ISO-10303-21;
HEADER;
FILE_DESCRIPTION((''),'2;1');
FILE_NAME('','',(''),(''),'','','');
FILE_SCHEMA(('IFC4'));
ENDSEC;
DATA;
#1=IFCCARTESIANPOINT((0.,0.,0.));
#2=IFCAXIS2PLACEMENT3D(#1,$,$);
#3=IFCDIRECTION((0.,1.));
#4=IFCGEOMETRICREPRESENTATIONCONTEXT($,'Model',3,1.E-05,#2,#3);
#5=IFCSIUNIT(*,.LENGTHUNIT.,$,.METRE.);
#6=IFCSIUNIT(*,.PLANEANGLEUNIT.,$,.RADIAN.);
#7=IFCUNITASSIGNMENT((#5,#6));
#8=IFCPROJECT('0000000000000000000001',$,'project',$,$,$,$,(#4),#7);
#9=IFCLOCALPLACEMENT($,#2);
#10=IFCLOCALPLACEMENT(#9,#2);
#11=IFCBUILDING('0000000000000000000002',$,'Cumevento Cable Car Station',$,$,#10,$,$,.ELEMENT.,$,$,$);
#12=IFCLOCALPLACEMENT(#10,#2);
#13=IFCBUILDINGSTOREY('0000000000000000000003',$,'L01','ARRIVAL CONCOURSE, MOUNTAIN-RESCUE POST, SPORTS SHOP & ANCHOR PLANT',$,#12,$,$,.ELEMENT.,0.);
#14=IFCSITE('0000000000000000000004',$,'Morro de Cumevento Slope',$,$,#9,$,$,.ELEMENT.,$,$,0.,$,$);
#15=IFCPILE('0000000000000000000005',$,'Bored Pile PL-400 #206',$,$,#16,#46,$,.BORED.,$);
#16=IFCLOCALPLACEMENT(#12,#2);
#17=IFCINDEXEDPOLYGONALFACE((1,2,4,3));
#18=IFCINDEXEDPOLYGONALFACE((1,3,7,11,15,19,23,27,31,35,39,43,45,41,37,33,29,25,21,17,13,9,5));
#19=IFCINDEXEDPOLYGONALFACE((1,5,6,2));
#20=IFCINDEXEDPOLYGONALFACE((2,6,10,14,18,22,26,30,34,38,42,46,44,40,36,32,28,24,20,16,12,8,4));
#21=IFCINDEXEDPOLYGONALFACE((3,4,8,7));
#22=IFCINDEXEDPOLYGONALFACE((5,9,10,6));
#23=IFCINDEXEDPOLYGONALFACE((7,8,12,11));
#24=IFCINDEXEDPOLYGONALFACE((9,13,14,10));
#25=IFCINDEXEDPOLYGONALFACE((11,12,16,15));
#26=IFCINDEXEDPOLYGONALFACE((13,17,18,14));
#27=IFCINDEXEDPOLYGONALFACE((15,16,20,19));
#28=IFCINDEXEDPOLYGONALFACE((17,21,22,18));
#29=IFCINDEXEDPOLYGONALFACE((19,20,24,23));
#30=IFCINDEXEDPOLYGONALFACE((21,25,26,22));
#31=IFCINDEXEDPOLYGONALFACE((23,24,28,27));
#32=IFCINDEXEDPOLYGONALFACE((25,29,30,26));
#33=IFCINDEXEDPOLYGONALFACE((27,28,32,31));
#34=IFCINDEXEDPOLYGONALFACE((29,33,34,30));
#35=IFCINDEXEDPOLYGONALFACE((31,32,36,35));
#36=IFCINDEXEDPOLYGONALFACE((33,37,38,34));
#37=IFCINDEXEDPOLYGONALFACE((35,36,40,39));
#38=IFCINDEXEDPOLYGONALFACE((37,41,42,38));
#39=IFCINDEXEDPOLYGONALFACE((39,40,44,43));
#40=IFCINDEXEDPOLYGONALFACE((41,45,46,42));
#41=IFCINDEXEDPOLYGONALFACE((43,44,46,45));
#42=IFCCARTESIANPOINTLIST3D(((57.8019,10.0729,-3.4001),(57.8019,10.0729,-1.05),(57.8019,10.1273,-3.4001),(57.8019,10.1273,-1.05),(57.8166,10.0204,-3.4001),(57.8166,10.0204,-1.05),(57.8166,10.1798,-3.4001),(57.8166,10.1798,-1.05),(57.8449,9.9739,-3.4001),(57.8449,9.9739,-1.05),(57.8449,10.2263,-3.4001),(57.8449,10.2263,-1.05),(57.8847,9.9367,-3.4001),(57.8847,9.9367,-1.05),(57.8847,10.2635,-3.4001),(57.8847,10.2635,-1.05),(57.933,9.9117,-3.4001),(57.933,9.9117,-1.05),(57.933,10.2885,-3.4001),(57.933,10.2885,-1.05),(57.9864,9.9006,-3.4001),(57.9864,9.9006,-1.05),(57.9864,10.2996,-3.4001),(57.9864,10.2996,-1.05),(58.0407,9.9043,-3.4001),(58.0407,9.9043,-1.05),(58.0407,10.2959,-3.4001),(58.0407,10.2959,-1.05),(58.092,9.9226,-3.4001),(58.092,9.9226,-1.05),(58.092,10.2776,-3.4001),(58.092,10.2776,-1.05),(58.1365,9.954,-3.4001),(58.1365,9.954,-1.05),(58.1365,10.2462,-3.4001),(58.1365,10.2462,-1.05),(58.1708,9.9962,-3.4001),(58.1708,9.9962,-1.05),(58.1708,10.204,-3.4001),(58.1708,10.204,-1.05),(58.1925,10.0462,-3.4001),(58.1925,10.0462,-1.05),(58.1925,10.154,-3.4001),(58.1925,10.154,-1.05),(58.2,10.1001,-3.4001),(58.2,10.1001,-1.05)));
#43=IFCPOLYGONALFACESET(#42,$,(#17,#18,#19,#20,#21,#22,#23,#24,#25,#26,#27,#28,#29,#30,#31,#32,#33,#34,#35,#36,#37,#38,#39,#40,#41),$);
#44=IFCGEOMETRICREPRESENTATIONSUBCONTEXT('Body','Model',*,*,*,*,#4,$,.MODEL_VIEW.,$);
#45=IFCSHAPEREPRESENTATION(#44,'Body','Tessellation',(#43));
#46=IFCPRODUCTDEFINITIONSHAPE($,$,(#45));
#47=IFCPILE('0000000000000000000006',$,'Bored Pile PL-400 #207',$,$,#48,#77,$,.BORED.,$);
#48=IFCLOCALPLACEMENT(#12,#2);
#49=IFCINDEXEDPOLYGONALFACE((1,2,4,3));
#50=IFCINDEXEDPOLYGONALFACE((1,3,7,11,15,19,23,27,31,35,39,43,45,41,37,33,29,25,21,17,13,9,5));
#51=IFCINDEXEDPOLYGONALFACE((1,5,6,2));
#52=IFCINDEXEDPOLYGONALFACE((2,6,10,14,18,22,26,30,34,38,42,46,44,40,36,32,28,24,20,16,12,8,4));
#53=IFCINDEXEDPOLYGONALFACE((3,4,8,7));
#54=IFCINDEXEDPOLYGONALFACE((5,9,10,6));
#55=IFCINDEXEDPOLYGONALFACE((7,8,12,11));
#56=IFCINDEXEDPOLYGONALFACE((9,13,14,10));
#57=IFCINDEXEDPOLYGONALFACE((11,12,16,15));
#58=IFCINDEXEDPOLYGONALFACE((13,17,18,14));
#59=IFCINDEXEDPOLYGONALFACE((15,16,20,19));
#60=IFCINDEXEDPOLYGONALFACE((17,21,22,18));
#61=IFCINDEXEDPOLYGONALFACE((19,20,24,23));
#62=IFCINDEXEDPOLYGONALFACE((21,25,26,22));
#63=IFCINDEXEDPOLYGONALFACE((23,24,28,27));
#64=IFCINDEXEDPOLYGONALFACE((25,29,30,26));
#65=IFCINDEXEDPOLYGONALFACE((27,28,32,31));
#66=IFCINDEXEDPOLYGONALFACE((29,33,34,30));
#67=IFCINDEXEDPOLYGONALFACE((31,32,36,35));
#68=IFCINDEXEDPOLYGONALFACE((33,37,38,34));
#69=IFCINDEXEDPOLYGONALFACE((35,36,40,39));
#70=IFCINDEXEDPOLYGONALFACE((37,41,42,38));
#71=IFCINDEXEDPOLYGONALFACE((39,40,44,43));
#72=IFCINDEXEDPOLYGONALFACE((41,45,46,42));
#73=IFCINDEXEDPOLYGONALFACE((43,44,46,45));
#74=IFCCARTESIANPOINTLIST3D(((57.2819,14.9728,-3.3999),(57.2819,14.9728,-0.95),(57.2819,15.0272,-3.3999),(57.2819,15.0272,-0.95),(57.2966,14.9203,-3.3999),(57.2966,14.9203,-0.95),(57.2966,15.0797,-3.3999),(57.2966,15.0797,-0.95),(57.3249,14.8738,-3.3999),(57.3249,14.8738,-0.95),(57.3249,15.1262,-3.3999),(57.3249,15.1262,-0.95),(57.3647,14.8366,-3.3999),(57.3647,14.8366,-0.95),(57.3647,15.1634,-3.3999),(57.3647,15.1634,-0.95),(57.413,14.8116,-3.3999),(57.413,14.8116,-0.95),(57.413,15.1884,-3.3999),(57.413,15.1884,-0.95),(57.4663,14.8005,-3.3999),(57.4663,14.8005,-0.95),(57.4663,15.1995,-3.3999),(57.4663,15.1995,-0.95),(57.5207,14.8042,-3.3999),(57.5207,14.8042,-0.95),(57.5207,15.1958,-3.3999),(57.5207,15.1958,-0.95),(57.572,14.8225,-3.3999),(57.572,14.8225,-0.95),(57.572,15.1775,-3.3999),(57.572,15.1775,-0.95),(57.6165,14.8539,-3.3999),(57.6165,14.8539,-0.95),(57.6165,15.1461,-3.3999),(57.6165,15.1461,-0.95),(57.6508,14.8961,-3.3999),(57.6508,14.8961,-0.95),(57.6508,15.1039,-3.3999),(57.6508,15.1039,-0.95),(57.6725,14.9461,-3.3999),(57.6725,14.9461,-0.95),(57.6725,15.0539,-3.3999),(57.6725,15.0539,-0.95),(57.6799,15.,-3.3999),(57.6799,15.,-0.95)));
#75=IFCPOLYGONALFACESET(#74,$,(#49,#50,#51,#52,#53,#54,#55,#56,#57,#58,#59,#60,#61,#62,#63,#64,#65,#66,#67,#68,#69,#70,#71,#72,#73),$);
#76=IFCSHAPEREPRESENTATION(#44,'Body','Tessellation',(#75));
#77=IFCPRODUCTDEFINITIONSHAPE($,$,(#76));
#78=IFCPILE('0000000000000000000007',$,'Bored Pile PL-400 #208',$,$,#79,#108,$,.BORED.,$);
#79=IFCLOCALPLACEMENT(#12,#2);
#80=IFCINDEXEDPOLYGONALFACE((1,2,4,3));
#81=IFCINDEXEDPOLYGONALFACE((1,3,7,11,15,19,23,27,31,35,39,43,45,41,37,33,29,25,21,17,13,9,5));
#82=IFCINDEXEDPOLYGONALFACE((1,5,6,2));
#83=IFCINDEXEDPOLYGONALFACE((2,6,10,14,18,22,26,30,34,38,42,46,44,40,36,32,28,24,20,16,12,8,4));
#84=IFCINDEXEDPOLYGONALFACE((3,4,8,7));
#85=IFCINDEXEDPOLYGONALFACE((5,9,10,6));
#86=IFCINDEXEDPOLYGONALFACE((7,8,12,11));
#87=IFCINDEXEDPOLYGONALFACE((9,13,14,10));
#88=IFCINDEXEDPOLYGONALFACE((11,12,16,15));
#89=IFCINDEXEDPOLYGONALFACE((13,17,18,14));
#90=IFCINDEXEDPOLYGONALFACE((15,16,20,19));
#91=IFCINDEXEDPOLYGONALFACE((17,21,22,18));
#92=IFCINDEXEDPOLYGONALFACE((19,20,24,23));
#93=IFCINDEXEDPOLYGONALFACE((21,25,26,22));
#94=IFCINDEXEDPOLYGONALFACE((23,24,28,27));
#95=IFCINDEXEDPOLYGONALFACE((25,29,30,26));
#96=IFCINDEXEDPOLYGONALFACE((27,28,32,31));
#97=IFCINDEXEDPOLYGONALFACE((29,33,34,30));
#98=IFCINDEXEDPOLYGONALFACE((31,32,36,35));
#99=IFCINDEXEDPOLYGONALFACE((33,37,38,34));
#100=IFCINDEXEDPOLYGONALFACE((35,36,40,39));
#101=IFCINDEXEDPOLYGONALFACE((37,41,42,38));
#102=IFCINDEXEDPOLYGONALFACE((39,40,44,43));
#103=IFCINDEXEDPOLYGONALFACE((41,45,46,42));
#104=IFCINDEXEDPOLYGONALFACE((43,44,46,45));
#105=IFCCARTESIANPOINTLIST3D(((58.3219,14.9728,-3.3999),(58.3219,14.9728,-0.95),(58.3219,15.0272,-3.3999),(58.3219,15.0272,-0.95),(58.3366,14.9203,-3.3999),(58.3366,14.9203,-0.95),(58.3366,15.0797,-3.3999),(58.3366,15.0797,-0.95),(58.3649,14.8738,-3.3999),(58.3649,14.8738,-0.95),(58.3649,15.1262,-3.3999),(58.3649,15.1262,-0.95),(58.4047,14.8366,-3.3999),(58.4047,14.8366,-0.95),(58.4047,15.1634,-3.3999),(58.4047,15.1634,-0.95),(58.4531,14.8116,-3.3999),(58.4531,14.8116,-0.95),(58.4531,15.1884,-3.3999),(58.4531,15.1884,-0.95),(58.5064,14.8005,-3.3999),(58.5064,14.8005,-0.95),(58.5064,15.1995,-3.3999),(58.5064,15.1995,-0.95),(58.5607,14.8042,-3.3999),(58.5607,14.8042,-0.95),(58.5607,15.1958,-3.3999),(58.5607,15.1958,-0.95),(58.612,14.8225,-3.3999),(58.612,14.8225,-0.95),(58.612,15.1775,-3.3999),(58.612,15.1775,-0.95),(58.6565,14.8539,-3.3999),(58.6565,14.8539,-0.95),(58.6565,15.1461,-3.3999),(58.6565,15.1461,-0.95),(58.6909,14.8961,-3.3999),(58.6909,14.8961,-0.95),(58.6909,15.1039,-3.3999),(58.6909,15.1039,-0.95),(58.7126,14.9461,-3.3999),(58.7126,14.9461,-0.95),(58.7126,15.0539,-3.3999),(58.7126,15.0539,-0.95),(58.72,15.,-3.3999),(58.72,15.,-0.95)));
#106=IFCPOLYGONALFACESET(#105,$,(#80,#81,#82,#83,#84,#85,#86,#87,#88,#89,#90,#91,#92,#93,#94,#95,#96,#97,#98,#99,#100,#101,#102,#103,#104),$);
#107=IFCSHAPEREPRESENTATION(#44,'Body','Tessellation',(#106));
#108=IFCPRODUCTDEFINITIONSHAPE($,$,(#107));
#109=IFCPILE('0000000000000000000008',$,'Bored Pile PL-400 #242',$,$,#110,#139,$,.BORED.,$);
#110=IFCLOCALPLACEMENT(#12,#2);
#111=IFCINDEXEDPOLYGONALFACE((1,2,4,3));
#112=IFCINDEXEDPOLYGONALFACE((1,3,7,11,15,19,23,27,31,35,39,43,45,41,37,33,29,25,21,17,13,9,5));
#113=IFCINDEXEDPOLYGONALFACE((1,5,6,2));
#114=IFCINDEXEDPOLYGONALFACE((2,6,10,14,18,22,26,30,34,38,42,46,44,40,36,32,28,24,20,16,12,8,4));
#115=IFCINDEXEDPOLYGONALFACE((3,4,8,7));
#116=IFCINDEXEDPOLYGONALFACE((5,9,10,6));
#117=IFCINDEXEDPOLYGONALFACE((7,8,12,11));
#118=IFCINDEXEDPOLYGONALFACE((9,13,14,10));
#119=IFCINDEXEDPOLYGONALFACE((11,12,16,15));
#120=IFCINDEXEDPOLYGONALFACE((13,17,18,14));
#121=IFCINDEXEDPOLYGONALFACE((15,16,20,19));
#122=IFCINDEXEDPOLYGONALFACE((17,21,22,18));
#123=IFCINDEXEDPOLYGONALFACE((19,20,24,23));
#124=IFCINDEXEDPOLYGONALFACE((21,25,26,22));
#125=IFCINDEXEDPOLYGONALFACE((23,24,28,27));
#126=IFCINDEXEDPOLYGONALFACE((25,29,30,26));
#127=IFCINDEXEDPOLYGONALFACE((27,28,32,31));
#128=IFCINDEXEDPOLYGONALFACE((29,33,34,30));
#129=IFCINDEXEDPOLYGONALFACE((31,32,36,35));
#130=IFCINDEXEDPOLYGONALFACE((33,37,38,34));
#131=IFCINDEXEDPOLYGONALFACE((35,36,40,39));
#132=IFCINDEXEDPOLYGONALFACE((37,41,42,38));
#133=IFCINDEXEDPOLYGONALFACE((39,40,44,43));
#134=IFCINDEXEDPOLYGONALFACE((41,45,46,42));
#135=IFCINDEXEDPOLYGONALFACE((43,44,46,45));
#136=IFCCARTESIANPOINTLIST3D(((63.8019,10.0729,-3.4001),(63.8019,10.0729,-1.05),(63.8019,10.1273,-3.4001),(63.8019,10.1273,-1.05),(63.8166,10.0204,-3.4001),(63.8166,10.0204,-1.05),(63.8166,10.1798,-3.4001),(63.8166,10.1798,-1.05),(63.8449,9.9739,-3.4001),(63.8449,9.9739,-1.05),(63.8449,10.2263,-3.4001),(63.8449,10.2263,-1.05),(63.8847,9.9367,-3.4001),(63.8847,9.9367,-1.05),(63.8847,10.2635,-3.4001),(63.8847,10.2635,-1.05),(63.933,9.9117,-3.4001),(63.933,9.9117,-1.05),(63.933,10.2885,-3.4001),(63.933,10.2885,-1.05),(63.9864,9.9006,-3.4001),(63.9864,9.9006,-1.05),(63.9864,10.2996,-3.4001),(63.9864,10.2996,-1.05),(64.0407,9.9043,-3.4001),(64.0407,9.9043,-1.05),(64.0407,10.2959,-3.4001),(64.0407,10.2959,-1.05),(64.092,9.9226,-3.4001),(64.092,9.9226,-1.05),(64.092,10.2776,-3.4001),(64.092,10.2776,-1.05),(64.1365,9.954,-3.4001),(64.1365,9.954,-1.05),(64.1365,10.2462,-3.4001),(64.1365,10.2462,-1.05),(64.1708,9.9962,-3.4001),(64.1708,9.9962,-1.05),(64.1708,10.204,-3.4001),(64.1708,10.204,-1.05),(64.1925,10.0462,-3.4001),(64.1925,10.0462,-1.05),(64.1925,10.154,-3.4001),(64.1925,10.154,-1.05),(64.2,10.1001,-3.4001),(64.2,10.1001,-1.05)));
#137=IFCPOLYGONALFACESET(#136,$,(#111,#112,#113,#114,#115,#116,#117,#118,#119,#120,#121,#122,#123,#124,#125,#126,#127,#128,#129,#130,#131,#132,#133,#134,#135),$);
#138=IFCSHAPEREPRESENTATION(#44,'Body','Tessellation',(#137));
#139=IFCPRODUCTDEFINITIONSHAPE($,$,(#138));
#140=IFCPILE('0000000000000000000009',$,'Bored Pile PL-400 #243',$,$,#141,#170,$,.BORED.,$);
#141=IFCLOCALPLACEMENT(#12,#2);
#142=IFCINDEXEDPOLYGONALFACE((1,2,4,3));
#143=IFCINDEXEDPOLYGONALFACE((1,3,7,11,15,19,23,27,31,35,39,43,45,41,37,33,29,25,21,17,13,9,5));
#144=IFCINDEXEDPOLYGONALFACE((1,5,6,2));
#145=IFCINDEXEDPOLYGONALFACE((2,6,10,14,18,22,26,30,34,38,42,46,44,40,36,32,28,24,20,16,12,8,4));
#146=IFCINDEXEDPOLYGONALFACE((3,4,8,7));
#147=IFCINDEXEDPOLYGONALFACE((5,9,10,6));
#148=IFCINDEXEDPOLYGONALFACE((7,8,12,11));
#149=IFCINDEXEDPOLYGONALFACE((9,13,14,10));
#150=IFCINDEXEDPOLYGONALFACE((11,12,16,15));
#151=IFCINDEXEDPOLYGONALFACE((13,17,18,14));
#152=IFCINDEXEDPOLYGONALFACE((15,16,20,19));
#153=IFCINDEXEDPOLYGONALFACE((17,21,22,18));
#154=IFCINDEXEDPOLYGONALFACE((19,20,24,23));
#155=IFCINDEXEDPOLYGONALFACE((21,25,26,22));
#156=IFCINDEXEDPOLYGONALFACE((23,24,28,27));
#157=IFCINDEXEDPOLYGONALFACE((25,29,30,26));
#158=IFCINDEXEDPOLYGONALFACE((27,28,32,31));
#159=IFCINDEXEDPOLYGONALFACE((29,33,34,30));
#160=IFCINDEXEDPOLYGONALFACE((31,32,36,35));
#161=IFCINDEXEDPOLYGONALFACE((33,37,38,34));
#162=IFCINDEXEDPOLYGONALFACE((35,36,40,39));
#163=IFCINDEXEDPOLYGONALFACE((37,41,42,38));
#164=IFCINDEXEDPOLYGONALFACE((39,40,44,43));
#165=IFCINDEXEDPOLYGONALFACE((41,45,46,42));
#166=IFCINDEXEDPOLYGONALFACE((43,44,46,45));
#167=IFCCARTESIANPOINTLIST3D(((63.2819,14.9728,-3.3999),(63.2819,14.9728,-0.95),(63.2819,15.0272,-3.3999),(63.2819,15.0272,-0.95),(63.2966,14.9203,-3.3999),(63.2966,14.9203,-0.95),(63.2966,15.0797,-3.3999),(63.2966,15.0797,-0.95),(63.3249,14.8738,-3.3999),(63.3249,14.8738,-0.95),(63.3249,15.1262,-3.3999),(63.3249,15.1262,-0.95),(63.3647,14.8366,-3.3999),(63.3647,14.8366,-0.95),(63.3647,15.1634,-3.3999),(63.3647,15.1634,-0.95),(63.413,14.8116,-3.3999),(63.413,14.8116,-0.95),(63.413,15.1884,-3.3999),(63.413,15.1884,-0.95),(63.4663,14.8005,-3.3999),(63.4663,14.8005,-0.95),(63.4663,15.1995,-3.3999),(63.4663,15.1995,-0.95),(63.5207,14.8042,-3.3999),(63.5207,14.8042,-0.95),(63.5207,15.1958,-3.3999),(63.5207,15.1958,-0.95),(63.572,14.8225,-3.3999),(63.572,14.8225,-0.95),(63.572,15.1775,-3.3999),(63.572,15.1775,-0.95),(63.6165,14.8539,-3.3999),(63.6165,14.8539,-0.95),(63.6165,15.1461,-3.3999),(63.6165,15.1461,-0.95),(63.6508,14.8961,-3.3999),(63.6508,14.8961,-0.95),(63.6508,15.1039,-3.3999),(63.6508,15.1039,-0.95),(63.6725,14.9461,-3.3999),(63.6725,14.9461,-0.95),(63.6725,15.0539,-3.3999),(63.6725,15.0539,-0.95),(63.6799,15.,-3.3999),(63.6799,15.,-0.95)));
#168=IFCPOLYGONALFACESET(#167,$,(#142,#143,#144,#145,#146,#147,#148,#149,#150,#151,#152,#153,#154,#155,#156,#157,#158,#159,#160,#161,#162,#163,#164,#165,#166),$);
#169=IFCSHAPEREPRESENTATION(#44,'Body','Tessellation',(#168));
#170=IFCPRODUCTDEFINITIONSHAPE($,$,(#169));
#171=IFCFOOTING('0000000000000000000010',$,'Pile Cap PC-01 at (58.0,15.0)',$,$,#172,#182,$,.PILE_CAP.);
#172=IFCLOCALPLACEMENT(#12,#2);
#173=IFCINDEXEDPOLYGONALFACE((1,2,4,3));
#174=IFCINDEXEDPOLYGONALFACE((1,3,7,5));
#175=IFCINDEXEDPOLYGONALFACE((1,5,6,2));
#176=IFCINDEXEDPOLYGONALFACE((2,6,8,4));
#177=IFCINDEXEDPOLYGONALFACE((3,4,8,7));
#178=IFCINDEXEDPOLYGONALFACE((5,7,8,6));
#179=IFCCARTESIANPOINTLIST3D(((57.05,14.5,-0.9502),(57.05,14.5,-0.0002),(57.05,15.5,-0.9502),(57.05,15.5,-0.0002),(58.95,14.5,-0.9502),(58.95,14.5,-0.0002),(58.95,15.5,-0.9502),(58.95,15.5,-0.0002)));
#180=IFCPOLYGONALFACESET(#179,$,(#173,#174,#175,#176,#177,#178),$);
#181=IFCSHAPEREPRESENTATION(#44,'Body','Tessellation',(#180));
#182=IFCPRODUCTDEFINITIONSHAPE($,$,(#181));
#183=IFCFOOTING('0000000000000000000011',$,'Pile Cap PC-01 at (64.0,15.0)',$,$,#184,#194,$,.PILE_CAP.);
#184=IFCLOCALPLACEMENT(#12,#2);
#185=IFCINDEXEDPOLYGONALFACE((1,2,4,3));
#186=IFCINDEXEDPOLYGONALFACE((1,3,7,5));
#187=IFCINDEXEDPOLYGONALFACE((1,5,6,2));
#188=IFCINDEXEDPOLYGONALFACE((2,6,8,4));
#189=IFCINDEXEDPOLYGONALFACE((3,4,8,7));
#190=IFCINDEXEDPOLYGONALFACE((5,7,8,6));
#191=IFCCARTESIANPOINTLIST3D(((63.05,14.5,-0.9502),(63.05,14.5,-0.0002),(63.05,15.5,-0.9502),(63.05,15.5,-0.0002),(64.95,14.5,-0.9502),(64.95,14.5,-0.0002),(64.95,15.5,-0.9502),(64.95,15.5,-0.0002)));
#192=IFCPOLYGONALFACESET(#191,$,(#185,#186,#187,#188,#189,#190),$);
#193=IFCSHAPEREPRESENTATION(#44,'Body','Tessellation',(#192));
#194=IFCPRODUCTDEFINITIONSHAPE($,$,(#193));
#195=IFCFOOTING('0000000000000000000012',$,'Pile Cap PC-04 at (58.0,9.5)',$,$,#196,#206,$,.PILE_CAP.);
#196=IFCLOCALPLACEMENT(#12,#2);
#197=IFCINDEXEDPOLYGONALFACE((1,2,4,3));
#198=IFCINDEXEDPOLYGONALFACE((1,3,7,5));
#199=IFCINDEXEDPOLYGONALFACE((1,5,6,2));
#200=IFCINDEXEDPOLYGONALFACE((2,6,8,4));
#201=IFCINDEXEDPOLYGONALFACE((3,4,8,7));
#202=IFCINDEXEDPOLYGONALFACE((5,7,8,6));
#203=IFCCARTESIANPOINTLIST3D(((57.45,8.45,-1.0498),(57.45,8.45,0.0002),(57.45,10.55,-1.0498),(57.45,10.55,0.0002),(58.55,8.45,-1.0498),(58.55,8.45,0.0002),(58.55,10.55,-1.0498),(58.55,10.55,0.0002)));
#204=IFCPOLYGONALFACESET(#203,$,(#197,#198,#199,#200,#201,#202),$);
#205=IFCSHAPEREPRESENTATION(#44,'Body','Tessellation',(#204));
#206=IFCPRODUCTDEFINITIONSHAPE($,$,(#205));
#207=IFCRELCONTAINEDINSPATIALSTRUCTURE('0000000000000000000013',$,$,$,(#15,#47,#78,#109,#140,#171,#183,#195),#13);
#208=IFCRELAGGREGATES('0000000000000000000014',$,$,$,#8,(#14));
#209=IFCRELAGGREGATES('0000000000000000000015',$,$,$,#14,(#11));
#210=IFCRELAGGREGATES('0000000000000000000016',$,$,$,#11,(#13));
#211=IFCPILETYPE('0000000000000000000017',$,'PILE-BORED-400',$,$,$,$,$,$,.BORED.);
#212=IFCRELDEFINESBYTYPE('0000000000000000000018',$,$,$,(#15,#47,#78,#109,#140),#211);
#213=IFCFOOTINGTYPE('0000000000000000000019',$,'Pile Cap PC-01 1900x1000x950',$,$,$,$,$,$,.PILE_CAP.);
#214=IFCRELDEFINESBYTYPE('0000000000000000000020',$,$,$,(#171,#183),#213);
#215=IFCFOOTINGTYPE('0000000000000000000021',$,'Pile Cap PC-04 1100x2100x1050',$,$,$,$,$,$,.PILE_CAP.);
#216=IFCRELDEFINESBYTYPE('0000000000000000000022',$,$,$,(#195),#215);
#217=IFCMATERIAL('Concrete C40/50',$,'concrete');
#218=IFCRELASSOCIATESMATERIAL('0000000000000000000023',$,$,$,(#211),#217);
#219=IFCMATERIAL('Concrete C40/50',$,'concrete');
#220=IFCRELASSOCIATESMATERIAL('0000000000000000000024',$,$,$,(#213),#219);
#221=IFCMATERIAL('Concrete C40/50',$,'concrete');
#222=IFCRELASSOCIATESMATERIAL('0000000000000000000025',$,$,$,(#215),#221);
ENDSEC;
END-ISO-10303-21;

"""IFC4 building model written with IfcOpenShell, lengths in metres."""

from ifc_helpers import new_model, si_unit, direction, frame, origin, origin_2d, place, context, subcontext, project, spatial, rectangle, circle, extrude, material, material_profile, profile_set, type_object, element, save


model = new_model("IFC4")

# Units and contexts
model_context = context("Model", 3, precision=1e-05, world=origin(), true_north=direction((0.0, 1.0)))
body_context = subcontext(model_context, "Body", "Model", "MODEL_VIEW")
ifc_project = project(units=[si_unit("LENGTHUNIT", "METRE"), si_unit("PLANEANGLEUNIT", "RADIAN")], contexts=[model_context])

# Site, building, storey
site_placement = place(None, origin())
site = spatial("IfcSite", under=ifc_project, at=site_placement, Name="Morro de Cumevento Slope", CompositionType="ELEMENT", RefElevation=0.0)
building_placement = place(site_placement, origin())
building = spatial("IfcBuilding", under=site, at=building_placement, Name="Cumevento Cable Car Station", CompositionType="ELEMENT")
storey_placement = place(building_placement, origin())
storey = spatial("IfcBuildingStorey", under=building, at=storey_placement, Name="L01", Description="ARRIVAL CONCOURSE, MOUNTAIN-RESCUE POST, SPORTS SHOP & ANCHOR PLANT", CompositionType="ELEMENT", Elevation=0.0)

# Piles
ifc_material_1 = material(Name="Concrete C40/50", Category="concrete")
ifc_material_profile_1 = material_profile(ifc_material_1, circle(Radius=0.2, at=origin_2d()), Name="PILE-D400")
ifc_profile_set_1 = profile_set([ifc_material_profile_1], Name="Concrete C40/50")
pile_type = type_object("IfcPileType", Name="PILE-BORED-400", PredefinedType="BORED", material=ifc_profile_set_1)
pile_1_placement = place(storey_placement, frame((58.0, 10.1001, -1.05), z_axis=(0.0, 0.0, -1.0), x_axis=(1.0, 0.0, 0.0)))
element("IfcPile", 1, at=pile_1_placement, inside=storey, type_object=pile_type, Name="Bored Pile PL-400 #206", PredefinedType="BORED", context=body_context, shape_type="SweptSolid", body=[
    extrude(circle(Radius=0.2, at=origin_2d()), origin(), (0.0, 0.0, 1.0), 2.3501),
])
for number, where, z_axis, x_axis, name in (
    (2, (57.48, 15.0, -0.95), (0.0, 0.0, -1.0), (1.0, 0.0, 0.0), "Bored Pile PL-400 #207"),
    (3, (58.52, 15.0, -0.95), (0.0, 0.0, -1.0), (1.0, 0.0, 0.0), "Bored Pile PL-400 #208"),
):
    element("IfcPile", number, at=place(storey_placement, frame(where, z_axis=z_axis, x_axis=x_axis)), inside=storey, type_object=pile_type, Name=name, PredefinedType="BORED", context=body_context, shape_type="SweptSolid", body=[
        extrude(circle(Radius=0.2, at=origin_2d()), origin(), (0.0, 0.0, 1.0), 2.45),
    ])
pile_2_placement = place(storey_placement, frame((64.0, 10.1001, -1.05), z_axis=(0.0, 0.0, -1.0), x_axis=(1.0, 0.0, 0.0)))
element("IfcPile", 4, at=pile_2_placement, inside=storey, type_object=pile_type, Name="Bored Pile PL-400 #242", PredefinedType="BORED", context=body_context, shape_type="SweptSolid", body=[
    extrude(circle(Radius=0.2, at=origin_2d()), origin(), (0.0, 0.0, 1.0), 2.3501),
])
pile_3_placement = place(storey_placement, frame((63.48, 15.0, -0.95), z_axis=(0.0, 0.0, -1.0), x_axis=(1.0, 0.0, 0.0)))
element("IfcPile", 5, at=pile_3_placement, inside=storey, type_object=pile_type, Name="Bored Pile PL-400 #243", PredefinedType="BORED", context=body_context, shape_type="SweptSolid", body=[
    extrude(circle(Radius=0.2, at=origin_2d()), origin(), (0.0, 0.0, 1.0), 2.45),
])

# Footings
ifc_material_2 = material(Name="Concrete C40/50", Category="concrete")
footing_type_1 = type_object("IfcFootingType", Name="Pile Cap PC-01 1900x1000x950", PredefinedType="PILE_CAP", material=ifc_material_2)
for number, where, z_axis, x_axis, name in (
    (6, (58.0, 15.0, -0.9502), (0.0, 0.0, 1.0), (1.0, 0.0, 0.0), "Pile Cap PC-01 at (58.0,15.0)"),
    (7, (64.0, 15.0, -0.9502), (0.0, 0.0, 1.0), (1.0, 0.0, 0.0), "Pile Cap PC-01 at (64.0,15.0)"),
):
    element("IfcFooting", number, at=place(storey_placement, frame(where, z_axis=z_axis, x_axis=x_axis)), inside=storey, type_object=footing_type_1, Name=name, PredefinedType="PILE_CAP", context=body_context, shape_type="SweptSolid", body=[
        extrude(rectangle(XDim=1.8999, YDim=1.0, at=origin_2d()), origin(), (0.0, 0.0, 1.0), 0.95),
    ])
ifc_material_3 = material(Name="Concrete C40/50", Category="concrete")
footing_type_2 = type_object("IfcFootingType", Name="Pile Cap PC-04 1100x2100x1050", PredefinedType="PILE_CAP", material=ifc_material_3)
for number, where, z_axis, x_axis, name in (
    (8, (58.0, 9.5, -1.0498), (0.0, 0.0, 1.0), (1.0, 0.0, 0.0), "Pile Cap PC-04 at (58.0,9.5)"),
):
    element("IfcFooting", number, at=place(storey_placement, frame(where, z_axis=z_axis, x_axis=x_axis)), inside=storey, type_object=footing_type_2, Name=name, PredefinedType="PILE_CAP", context=body_context, shape_type="SweptSolid", body=[
        extrude(rectangle(XDim=1.1001, YDim=2.1001, at=origin_2d()), origin(), (0.0, 0.0, 1.0), 1.05),
    ])

save(model, "model.ifc")
